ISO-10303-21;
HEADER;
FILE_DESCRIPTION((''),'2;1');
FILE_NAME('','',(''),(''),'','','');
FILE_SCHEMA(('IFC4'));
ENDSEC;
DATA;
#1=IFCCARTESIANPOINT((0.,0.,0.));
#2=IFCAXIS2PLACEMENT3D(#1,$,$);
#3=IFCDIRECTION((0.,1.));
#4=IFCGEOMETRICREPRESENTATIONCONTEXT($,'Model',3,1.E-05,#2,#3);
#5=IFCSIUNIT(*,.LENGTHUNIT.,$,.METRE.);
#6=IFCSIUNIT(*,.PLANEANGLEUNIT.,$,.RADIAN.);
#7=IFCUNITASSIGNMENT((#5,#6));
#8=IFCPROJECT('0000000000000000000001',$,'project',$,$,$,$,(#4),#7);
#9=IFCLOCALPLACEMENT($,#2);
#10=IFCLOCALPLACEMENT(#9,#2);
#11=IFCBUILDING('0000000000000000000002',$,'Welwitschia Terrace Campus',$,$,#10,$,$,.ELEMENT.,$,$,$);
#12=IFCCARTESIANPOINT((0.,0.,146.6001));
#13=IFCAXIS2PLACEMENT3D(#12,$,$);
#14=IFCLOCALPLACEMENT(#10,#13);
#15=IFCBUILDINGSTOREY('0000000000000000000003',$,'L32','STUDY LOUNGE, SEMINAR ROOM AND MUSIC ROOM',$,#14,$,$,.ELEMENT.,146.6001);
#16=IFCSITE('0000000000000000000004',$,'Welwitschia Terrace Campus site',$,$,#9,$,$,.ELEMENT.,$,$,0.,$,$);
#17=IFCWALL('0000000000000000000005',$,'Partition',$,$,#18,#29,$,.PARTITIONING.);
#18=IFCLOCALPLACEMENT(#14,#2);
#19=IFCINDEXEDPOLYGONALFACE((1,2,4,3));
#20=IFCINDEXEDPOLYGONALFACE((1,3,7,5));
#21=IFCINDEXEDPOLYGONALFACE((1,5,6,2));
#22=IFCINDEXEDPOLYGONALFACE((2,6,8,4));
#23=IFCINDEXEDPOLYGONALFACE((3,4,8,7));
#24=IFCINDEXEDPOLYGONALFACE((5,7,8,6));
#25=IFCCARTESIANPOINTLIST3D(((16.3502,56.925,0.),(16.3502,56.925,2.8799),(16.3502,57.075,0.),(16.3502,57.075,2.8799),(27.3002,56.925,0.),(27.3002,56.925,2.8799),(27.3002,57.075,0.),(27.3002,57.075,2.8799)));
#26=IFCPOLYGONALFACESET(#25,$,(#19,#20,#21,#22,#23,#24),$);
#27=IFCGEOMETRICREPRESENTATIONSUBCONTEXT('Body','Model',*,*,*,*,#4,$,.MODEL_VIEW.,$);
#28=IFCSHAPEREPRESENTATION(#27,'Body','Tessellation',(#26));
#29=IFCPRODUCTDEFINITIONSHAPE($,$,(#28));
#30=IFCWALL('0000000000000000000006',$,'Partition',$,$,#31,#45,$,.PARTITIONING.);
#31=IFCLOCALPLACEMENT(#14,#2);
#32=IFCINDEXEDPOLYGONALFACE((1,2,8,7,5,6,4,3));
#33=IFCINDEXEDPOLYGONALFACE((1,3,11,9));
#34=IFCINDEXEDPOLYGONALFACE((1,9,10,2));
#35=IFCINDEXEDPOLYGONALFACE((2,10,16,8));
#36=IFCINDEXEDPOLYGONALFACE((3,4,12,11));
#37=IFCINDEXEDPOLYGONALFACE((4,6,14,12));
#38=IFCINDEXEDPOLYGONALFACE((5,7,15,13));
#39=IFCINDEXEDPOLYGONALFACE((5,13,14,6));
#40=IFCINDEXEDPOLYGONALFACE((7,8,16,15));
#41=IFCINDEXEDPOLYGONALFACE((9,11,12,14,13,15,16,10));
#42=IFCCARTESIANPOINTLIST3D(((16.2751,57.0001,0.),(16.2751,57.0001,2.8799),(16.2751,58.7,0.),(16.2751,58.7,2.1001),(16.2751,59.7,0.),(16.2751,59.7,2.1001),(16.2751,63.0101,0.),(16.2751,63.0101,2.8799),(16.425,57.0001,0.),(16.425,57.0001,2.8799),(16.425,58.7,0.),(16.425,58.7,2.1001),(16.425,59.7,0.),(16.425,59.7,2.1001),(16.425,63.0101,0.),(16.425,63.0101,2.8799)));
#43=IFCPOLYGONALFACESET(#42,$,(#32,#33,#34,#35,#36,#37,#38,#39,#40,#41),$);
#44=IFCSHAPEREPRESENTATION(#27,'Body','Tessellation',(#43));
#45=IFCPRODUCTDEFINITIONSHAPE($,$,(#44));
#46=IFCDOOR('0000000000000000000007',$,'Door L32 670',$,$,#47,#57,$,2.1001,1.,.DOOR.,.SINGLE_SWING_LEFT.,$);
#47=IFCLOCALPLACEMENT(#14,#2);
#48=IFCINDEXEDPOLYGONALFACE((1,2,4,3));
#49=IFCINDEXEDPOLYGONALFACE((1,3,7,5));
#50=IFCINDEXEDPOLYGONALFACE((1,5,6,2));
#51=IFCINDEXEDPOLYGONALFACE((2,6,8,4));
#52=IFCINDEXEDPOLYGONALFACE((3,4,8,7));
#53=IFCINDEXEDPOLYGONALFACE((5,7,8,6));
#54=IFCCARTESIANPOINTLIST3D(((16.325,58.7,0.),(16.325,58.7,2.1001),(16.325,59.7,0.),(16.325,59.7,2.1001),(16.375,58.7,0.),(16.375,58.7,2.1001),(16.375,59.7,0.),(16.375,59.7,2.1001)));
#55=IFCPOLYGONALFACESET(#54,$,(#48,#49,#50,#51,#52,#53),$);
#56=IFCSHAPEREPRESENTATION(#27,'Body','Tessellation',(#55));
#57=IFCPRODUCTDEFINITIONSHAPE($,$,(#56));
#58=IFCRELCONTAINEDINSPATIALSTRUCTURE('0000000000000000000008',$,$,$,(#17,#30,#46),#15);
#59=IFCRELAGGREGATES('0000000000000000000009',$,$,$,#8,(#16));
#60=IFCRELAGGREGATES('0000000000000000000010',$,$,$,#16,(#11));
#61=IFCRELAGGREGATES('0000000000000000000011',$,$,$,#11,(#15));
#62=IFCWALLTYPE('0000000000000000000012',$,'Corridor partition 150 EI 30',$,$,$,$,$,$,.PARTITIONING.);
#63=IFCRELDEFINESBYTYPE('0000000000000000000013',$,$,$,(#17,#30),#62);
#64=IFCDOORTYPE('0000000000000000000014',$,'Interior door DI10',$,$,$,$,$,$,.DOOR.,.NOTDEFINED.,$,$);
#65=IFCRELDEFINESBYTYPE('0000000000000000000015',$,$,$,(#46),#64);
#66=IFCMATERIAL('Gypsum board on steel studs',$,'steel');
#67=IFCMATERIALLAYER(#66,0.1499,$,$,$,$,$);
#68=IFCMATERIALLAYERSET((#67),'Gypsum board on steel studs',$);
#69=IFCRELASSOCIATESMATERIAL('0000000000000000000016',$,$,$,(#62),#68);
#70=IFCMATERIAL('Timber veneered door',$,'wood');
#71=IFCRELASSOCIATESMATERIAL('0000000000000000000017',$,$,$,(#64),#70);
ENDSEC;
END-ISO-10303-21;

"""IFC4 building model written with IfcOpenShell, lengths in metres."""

from ifc_helpers import new_model, si_unit, direction, frame, frame_2d, origin, place, context, subcontext, project, spatial, rectangle, extrude, material, layer, layer_set, type_object, element, fill, save


model = new_model("IFC4")

# Units and contexts
model_context = context("Model", 3, precision=1e-05, world=origin(), true_north=direction((0.0, 1.0)))
body_context = subcontext(model_context, "Body", "Model", "MODEL_VIEW")
ifc_project = project(units=[si_unit("LENGTHUNIT", "METRE"), si_unit("PLANEANGLEUNIT", "RADIAN")], contexts=[model_context])

# Site, building, storey
site_placement = place(None, origin())
site = spatial("IfcSite", under=ifc_project, at=site_placement, Name="Welwitschia Terrace Campus site", CompositionType="ELEMENT", RefElevation=0.0)
building_placement = place(site_placement, origin())
building = spatial("IfcBuilding", under=site, at=building_placement, Name="Welwitschia Terrace Campus", CompositionType="ELEMENT")
storey_placement = place(building_placement, frame((0.0, 0.0, 146.6001)))
storey = spatial("IfcBuildingStorey", under=building, at=storey_placement, Name="L32", Description="STUDY LOUNGE, SEMINAR ROOM AND MUSIC ROOM", CompositionType="ELEMENT", Elevation=146.6001)

# Shared definitions
ifc_material_1 = material(Name="Gypsum board on steel studs", Category="steel")
ifc_layer_1 = layer(ifc_material_1, 0.1499)
ifc_layer_set_1 = layer_set([ifc_layer_1], Name="Gypsum board on steel studs")
wall_type = type_object("IfcWallType", Name="Corridor partition 150 EI 30", PredefinedType="PARTITIONING", material=ifc_layer_set_1)
ifc_material_2 = material(Name="Timber veneered door", Category="wood")
door_type_1 = type_object("IfcDoorType", Name="Interior door DI10", OperationType="NOTDEFINED", PredefinedType="DOOR", material=ifc_material_2)

# Wall
wall_1_placement = place(storey_placement, frame((16.3501, 57.0, 0.0), z_axis=(0.0, 0.0, 1.0), x_axis=(1.0, 0.0, 0.0)))
element("IfcWall", 1, at=wall_1_placement, inside=storey, type_object=wall_type, Name="Partition", PredefinedType="PARTITIONING", context=body_context, shape_type="SweptSolid", body=[
    extrude(rectangle(XDim=10.95, YDim=0.1499, at=frame_2d((5.4751, 0.0))), origin(), (0.0, 0.0, 1.0), 2.8799),
])

# Wall, opening, door
wall_2_placement = place(storey_placement, frame((16.3501, 63.01, 0.0), z_axis=(0.0, 0.0, 1.0), x_axis=(0.0, -1.0, 0.0)))
wall_2 = element("IfcWall", 2, at=wall_2_placement, inside=storey, type_object=wall_type, Name="Partition", PredefinedType="PARTITIONING", context=body_context, shape_type="SweptSolid", body=[
    extrude(rectangle(XDim=6.01, YDim=0.1499, at=frame_2d((3.0049, 0.0))), origin(), (0.0, 0.0, 1.0), 2.8799),
])
opening_1_placement = place(wall_2_placement, frame((3.3101, 0.0, 0.0)))
opening_1 = element("IfcOpeningElement", 3, at=opening_1_placement, cuts=wall_2, PredefinedType="OPENING", context=body_context, shape_type="SweptSolid", body=[
    extrude(rectangle(XDim=1.0, YDim=2.1001, at=frame_2d((0.5, 1.05))), frame((0.0, 0.085, 0.0), z_axis=(0.0, -1.0, 0.0), x_axis=(1.0, 0.0, 0.0)), (0.0, 0.0, 1.0), 0.1699),
])
door_1_placement = place(opening_1_placement, origin())
door_1 = element("IfcDoor", 4, at=door_1_placement, inside=storey, type_object=door_type_1, Name="Door L32 670", OperationType="SINGLE_SWING_LEFT", OverallHeight=2.1001, OverallWidth=1.0, PredefinedType="DOOR", context=body_context, shape_type="SweptSolid", body=[
    extrude(rectangle(XDim=1.0, YDim=2.1001, at=frame_2d((0.5, 1.05))), frame((0.0, 0.0249, 0.0), z_axis=(0.0, -1.0, 0.0), x_axis=(1.0, 0.0, 0.0)), (0.0, 0.0, 1.0), 0.05),
])
fill(opening_1, door_1)

save(model, "model.ifc")
